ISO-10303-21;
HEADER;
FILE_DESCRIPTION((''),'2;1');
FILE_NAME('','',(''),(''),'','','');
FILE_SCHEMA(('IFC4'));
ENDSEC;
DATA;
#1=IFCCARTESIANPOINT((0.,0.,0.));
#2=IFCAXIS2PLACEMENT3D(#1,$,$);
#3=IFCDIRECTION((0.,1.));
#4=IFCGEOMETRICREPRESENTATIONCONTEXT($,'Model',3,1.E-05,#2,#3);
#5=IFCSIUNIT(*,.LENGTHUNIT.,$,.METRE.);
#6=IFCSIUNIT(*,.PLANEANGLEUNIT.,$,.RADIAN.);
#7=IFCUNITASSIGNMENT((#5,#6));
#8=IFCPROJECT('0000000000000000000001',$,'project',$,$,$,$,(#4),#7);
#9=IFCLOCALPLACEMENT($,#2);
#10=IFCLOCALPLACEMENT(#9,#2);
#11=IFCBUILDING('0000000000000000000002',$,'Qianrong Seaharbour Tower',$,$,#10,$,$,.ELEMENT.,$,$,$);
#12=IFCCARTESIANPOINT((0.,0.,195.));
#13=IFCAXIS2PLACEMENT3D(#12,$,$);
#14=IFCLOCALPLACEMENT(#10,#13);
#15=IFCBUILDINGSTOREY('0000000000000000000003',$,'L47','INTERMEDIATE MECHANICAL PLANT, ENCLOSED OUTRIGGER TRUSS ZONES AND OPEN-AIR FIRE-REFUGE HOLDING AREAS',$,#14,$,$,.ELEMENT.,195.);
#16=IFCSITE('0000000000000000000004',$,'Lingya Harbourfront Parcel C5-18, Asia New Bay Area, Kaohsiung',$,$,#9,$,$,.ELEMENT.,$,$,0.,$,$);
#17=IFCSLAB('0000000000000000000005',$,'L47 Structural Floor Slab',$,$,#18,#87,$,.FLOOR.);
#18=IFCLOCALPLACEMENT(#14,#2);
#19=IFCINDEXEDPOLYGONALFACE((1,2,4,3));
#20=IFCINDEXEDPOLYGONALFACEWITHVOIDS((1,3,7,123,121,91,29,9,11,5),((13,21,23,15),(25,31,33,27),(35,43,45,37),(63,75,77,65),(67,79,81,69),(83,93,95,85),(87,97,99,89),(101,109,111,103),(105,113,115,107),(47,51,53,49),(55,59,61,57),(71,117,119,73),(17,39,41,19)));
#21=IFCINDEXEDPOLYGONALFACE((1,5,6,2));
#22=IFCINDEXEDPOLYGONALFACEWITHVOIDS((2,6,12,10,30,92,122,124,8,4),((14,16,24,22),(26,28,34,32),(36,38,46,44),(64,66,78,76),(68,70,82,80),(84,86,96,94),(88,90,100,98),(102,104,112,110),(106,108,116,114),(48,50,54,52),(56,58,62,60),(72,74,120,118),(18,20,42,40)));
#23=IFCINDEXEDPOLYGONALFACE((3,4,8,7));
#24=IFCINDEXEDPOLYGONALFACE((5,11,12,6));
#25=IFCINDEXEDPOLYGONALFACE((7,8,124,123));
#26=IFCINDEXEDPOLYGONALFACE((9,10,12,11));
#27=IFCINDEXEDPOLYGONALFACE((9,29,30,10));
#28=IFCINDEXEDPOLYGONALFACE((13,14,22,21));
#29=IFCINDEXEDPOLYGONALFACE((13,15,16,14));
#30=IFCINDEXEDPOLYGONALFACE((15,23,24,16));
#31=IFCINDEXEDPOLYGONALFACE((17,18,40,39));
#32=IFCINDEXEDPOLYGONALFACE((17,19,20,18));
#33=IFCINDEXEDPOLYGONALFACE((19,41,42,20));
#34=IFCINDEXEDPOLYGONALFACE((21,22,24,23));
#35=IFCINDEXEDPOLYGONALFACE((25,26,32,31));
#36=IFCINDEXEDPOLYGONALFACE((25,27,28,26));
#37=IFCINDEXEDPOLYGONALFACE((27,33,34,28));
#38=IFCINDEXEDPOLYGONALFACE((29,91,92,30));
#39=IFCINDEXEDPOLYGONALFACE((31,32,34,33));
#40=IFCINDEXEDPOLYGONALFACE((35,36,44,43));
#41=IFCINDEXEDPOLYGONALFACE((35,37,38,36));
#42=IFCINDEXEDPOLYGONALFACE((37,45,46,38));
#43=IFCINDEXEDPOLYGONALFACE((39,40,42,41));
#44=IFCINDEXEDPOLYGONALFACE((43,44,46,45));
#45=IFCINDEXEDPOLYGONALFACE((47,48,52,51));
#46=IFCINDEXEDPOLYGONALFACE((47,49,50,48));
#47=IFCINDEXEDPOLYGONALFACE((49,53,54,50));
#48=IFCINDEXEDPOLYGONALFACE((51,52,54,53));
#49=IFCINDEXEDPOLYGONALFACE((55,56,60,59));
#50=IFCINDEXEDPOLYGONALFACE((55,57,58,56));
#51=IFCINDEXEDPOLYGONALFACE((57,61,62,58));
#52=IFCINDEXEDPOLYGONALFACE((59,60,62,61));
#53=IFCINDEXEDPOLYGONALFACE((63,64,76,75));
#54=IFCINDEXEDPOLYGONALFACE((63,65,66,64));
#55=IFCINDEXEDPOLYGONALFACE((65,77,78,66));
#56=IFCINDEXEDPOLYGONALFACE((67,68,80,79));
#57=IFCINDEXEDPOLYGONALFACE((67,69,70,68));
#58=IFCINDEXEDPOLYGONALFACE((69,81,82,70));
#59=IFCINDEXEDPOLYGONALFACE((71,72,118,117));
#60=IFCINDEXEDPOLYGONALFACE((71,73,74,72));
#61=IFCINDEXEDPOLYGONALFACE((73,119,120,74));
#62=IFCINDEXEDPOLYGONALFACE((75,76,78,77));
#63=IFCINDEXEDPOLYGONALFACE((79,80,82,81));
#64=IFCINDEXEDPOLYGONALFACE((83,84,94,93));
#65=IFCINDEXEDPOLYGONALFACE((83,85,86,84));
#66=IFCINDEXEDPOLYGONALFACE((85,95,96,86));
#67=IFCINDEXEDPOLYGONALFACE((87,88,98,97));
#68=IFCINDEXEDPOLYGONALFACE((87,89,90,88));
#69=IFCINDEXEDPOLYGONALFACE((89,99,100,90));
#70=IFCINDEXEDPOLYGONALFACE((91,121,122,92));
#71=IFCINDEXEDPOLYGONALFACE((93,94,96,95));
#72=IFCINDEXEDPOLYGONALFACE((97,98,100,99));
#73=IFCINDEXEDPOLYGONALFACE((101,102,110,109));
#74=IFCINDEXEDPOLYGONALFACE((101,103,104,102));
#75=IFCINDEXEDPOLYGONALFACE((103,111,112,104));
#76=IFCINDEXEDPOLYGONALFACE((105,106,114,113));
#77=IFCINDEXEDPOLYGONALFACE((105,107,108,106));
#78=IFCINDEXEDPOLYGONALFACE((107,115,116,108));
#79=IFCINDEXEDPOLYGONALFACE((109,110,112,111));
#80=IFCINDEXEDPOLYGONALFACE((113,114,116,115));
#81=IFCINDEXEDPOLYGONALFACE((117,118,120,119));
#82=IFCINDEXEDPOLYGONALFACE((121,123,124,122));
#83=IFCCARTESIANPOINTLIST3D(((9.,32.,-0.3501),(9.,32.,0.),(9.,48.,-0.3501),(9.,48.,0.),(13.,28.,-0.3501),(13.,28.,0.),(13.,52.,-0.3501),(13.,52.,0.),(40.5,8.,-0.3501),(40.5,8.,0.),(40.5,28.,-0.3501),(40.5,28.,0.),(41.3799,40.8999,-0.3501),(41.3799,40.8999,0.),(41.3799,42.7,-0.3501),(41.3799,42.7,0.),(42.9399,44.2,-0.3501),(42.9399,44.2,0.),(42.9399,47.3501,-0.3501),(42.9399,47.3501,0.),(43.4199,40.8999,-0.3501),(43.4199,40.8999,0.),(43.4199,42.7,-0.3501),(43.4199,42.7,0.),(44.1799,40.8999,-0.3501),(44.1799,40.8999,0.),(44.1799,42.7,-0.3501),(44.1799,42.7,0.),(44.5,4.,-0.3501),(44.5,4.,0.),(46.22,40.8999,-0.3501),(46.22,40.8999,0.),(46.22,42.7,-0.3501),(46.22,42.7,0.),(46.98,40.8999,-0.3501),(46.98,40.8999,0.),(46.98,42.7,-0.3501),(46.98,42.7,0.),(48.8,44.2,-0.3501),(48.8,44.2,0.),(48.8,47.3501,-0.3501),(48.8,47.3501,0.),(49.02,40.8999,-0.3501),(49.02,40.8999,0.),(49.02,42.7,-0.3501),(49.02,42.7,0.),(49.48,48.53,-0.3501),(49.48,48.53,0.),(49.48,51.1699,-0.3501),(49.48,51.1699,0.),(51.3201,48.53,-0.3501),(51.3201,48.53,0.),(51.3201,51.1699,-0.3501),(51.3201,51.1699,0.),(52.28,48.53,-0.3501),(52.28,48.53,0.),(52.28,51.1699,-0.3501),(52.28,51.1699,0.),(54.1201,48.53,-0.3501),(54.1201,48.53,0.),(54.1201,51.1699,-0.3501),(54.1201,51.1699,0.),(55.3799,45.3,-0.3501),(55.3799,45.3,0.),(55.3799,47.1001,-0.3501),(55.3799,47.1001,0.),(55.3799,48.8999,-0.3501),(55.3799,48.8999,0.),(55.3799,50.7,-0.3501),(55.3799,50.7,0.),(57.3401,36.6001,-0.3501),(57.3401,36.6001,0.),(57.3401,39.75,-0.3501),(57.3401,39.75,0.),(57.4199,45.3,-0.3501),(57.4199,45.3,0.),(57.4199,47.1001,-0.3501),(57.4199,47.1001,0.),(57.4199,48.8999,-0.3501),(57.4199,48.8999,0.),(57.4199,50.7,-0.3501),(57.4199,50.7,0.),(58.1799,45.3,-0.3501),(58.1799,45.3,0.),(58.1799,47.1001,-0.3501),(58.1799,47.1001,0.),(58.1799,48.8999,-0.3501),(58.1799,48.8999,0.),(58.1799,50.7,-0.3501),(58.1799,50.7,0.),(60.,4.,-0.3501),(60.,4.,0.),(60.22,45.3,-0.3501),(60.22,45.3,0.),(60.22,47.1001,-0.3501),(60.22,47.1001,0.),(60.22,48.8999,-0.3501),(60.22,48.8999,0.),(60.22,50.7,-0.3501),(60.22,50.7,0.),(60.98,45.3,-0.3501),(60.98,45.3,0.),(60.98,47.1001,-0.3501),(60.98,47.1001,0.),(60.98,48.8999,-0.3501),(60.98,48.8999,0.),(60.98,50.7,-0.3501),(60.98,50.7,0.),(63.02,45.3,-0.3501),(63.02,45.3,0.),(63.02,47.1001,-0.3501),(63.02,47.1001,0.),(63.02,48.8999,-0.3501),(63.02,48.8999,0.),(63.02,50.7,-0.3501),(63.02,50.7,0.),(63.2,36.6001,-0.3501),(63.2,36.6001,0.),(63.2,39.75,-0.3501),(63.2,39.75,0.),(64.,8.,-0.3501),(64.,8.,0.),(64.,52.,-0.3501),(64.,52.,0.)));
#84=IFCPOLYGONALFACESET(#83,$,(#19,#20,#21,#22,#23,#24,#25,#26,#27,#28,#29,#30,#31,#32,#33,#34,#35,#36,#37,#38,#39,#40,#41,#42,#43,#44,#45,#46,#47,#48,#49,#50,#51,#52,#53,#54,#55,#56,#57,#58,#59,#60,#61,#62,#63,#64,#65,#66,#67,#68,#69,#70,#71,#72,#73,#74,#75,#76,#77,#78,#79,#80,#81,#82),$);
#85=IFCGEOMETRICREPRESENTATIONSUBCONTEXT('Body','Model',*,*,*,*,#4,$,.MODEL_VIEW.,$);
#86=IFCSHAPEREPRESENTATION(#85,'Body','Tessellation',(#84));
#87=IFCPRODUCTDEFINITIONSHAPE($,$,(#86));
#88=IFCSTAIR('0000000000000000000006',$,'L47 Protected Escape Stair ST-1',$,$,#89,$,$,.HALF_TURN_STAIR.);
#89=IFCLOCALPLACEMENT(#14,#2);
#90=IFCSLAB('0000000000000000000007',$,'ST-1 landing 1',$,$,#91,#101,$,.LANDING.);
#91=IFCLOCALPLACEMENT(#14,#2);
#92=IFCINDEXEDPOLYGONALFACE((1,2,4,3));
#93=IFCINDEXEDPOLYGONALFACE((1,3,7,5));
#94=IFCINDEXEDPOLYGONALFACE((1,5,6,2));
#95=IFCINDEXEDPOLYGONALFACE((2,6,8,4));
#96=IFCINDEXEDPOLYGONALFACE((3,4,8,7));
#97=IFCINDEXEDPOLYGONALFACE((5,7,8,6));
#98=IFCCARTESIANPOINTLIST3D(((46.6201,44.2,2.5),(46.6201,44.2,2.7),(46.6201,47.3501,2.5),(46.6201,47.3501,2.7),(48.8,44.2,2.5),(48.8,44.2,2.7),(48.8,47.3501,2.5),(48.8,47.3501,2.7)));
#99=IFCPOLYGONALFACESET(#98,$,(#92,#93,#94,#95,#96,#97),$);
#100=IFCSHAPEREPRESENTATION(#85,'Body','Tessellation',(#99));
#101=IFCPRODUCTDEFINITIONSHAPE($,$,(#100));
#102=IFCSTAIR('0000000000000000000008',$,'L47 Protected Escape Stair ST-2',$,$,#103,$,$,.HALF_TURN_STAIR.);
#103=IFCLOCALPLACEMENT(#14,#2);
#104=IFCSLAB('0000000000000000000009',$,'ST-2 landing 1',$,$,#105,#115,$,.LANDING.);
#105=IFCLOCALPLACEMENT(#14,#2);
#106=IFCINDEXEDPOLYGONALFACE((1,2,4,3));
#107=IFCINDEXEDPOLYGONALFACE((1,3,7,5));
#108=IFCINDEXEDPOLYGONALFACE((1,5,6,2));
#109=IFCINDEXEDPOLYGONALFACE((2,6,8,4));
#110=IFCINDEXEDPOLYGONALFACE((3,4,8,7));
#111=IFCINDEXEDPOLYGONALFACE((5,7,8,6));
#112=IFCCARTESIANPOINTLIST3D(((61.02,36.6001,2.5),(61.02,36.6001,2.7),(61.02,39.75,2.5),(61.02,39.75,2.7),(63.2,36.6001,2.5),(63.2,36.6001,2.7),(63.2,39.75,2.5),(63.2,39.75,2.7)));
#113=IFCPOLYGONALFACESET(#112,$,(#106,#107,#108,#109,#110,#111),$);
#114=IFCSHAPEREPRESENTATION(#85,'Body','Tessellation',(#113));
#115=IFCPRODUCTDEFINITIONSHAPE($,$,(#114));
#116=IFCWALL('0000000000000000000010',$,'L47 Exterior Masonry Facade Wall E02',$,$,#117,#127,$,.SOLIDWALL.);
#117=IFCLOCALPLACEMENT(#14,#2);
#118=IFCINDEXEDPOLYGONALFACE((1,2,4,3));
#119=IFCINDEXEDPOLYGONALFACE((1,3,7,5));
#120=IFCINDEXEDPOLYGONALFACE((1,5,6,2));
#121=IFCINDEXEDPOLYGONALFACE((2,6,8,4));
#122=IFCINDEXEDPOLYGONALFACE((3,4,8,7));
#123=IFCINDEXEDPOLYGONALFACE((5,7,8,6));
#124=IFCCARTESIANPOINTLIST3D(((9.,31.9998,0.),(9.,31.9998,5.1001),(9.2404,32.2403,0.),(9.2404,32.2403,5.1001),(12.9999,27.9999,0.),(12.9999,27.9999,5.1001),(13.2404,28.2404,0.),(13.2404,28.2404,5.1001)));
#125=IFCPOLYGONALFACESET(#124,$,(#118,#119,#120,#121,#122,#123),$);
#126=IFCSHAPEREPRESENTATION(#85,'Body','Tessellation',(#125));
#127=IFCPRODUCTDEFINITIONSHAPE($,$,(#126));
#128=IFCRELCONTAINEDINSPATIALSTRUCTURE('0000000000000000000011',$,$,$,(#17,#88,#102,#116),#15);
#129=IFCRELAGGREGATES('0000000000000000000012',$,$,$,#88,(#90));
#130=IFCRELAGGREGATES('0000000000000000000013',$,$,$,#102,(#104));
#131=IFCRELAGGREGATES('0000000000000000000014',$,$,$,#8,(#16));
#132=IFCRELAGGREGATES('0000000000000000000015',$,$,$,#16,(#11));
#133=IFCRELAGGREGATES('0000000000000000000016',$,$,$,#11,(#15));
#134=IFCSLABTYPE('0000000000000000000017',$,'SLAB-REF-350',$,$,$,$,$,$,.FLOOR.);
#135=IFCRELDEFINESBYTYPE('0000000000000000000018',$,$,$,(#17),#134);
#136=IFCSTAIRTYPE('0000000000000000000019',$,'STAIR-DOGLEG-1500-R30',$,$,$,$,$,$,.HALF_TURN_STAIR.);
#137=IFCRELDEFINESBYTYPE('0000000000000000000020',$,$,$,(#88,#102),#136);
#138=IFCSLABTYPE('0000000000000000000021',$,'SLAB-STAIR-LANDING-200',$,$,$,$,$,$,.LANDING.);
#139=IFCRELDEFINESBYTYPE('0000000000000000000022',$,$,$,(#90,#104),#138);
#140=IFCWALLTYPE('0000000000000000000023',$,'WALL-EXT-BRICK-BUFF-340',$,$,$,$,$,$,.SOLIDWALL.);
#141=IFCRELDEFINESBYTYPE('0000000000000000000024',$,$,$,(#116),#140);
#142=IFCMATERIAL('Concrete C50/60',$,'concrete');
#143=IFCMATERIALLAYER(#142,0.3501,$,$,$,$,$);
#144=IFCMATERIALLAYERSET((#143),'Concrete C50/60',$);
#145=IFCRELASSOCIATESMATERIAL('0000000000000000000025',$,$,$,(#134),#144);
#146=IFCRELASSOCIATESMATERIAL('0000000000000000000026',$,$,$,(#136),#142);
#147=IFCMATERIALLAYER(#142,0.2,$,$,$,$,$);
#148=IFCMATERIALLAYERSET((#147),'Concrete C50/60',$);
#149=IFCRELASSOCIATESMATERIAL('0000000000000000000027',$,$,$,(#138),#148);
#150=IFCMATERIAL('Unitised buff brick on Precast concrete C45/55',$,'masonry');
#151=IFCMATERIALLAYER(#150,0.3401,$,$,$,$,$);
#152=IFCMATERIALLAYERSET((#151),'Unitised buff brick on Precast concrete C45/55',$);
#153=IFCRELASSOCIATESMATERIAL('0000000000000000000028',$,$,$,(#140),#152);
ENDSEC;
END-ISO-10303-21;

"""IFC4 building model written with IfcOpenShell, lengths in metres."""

from ifc_helpers import new_model, si_unit, direction, frame, frame_2d, origin, place, context, subcontext, project, spatial, polyline, rectangle, outline, extrude, material, layer, layer_set, type_object, element, aggregate, save


model = new_model("IFC4")

# Units and contexts
model_context = context("Model", 3, precision=1e-05, world=origin(), true_north=direction((0.0, 1.0)))
body_context = subcontext(model_context, "Body", "Model", "MODEL_VIEW")
ifc_project = project(units=[si_unit("LENGTHUNIT", "METRE"), si_unit("PLANEANGLEUNIT", "RADIAN")], contexts=[model_context])

# Site, building, storey
site_placement = place(None, origin())
site = spatial("IfcSite", under=ifc_project, at=site_placement, Name="Lingya Harbourfront Parcel C5-18, Asia New Bay Area, Kaohsiung", CompositionType="ELEMENT", RefElevation=0.0)
building_placement = place(site_placement, origin())
building = spatial("IfcBuilding", under=site, at=building_placement, Name="Qianrong Seaharbour Tower", CompositionType="ELEMENT")
storey_placement = place(building_placement, frame((0.0, 0.0, 195.0)))
storey = spatial("IfcBuildingStorey", under=building, at=storey_placement, Name="L47", Description="INTERMEDIATE MECHANICAL PLANT, ENCLOSED OUTRIGGER TRUSS ZONES AND OPEN-AIR FIRE-REFUGE HOLDING AREAS", CompositionType="ELEMENT", Elevation=195.0)

# Slab
ifc_material_1 = material(Name="Concrete C50/60", Category="concrete")
ifc_layer_1 = layer(ifc_material_1, 0.3501)
ifc_layer_set_1 = layer_set([ifc_layer_1], Name="Concrete C50/60")
slab_type_1 = type_object("IfcSlabType", Name="SLAB-REF-350", PredefinedType="FLOOR", material=ifc_layer_set_1)
slab_1_placement = place(storey_placement, frame((0.0, 0.0, -0.3501)))
element("IfcSlab", 1, at=slab_1_placement, inside=storey, type_object=slab_type_1, Name="L47 Structural Floor Slab", PredefinedType="FLOOR", context=body_context, shape_type="SweptSolid", body=[
    extrude(outline(polyline([(44.5, 4.0), (60.0, 4.0), (64.0, 8.0), (64.0, 52.0), (13.0, 52.0), (9.0, 48.0), (9.0, 32.0), (13.0, 28.0), (40.5, 28.0), (40.5, 8.0), (44.5, 4.0)]), holes=[polyline([(42.9399, 44.2), (42.9399, 47.3501), (48.8, 47.3501), (48.8, 44.2), (42.9399, 44.2)]), polyline([(57.3401, 36.6001), (57.3401, 39.75), (63.2, 39.75), (63.2, 36.6001), (57.3401, 36.6001)]), polyline([(49.48, 48.53), (49.48, 51.1699), (51.3201, 51.1699), (51.3201, 48.53), (49.48, 48.53)]), polyline([(52.28, 48.53), (52.28, 51.1699), (54.1201, 51.1699), (54.1201, 48.53), (52.28, 48.53)]), polyline([(41.3799, 40.8999), (41.3799, 42.7), (43.4199, 42.7), (43.4199, 40.8999), (41.3799, 40.8999)]), polyline([(44.1799, 40.8999), (44.1799, 42.7), (46.22, 42.7), (46.22, 40.8999), (44.1799, 40.8999)]), polyline([(46.98, 40.8999), (46.98, 42.7), (49.02, 42.7), (49.02, 40.8999), (46.98, 40.8999)]), polyline([(55.3799, 45.3), (55.3799, 47.1001), (57.4199, 47.1001), (57.4199, 45.3), (55.3799, 45.3)]), polyline([(58.1799, 45.3), (58.1799, 47.1001), (60.22, 47.1001), (60.22, 45.3), (58.1799, 45.3)]), polyline([(60.98, 45.3), (60.98, 47.1001), (63.02, 47.1001), (63.02, 45.3), (60.98, 45.3)]), polyline([(55.3799, 48.8999), (55.3799, 50.7), (57.4199, 50.7), (57.4199, 48.8999), (55.3799, 48.8999)]), polyline([(58.1799, 48.8999), (58.1799, 50.7), (60.22, 50.7), (60.22, 48.8999), (58.1799, 48.8999)]), polyline([(60.98, 48.8999), (60.98, 50.7), (63.02, 50.7), (63.02, 48.8999), (60.98, 48.8999)])]), origin(), (0.0, 0.0, 1.0), 0.3501),
])

# Stairs, slabs
stair_type = type_object("IfcStairType", Name="STAIR-DOGLEG-1500-R30", PredefinedType="HALF_TURN_STAIR", material=ifc_material_1)
stair_1_placement = place(storey_placement, origin())
stair_1 = element("IfcStair", 2, at=stair_1_placement, inside=storey, type_object=stair_type, Name="L47 Protected Escape Stair ST-1", PredefinedType="HALF_TURN_STAIR")
ifc_layer_2 = layer(ifc_material_1, 0.2)
ifc_layer_set_2 = layer_set([ifc_layer_2], Name="Concrete C50/60")
slab_type_2 = type_object("IfcSlabType", Name="SLAB-STAIR-LANDING-200", PredefinedType="LANDING", material=ifc_layer_set_2)
slab_2_placement = place(storey_placement, frame((0.0, 0.0, 2.5)))
slab_2 = element("IfcSlab", 3, at=slab_2_placement, type_object=slab_type_2, Name="ST-1 landing 1", PredefinedType="LANDING", context=body_context, shape_type="SweptSolid", body=[
    extrude(outline(polyline([(46.6201, 44.2), (48.8, 44.2), (48.8, 47.3501), (46.6201, 47.3501), (46.6201, 44.2)])), origin(), (0.0, 0.0, 1.0), 0.2),
])
aggregate(stair_1, [slab_2])
stair_2_placement = place(storey_placement, origin())
stair_2 = element("IfcStair", 4, at=stair_2_placement, inside=storey, type_object=stair_type, Name="L47 Protected Escape Stair ST-2", PredefinedType="HALF_TURN_STAIR")
slab_3_placement = place(storey_placement, frame((0.0, 0.0, 2.5)))
slab_3 = element("IfcSlab", 5, at=slab_3_placement, type_object=slab_type_2, Name="ST-2 landing 1", PredefinedType="LANDING", context=body_context, shape_type="SweptSolid", body=[
    extrude(outline(polyline([(61.02, 36.6001), (63.2, 36.6001), (63.2, 39.75), (61.02, 39.75), (61.02, 36.6001)])), origin(), (0.0, 0.0, 1.0), 0.2),
])
aggregate(stair_2, [slab_3])

# Wall
ifc_material_2 = material(Name="Unitised buff brick on Precast concrete C45/55", Category="masonry")
ifc_layer_3 = layer(ifc_material_2, 0.3401)
ifc_layer_set_3 = layer_set([ifc_layer_3], Name="Unitised buff brick on Precast concrete C45/55")
wall_type = type_object("IfcWallType", Name="WALL-EXT-BRICK-BUFF-340", PredefinedType="SOLIDWALL", material=ifc_layer_set_3)
wall_placement = place(storey_placement, frame((13.1201, 28.1201, 0.0), z_axis=(0.0, 0.0, 1.0), x_axis=(-0.707107, 0.707107, 0.0)))
element("IfcWall", 6, at=wall_placement, inside=storey, type_object=wall_type, Name="L47 Exterior Masonry Facade Wall E02", PredefinedType="SOLIDWALL", context=body_context, shape_type="SweptSolid", body=[
    extrude(rectangle(XDim=5.6567, YDim=0.3401, at=frame_2d((2.8284, 0.0))), origin(), (0.0, 0.0, 1.0), 5.1001),
])

save(model, "model.ifc")
